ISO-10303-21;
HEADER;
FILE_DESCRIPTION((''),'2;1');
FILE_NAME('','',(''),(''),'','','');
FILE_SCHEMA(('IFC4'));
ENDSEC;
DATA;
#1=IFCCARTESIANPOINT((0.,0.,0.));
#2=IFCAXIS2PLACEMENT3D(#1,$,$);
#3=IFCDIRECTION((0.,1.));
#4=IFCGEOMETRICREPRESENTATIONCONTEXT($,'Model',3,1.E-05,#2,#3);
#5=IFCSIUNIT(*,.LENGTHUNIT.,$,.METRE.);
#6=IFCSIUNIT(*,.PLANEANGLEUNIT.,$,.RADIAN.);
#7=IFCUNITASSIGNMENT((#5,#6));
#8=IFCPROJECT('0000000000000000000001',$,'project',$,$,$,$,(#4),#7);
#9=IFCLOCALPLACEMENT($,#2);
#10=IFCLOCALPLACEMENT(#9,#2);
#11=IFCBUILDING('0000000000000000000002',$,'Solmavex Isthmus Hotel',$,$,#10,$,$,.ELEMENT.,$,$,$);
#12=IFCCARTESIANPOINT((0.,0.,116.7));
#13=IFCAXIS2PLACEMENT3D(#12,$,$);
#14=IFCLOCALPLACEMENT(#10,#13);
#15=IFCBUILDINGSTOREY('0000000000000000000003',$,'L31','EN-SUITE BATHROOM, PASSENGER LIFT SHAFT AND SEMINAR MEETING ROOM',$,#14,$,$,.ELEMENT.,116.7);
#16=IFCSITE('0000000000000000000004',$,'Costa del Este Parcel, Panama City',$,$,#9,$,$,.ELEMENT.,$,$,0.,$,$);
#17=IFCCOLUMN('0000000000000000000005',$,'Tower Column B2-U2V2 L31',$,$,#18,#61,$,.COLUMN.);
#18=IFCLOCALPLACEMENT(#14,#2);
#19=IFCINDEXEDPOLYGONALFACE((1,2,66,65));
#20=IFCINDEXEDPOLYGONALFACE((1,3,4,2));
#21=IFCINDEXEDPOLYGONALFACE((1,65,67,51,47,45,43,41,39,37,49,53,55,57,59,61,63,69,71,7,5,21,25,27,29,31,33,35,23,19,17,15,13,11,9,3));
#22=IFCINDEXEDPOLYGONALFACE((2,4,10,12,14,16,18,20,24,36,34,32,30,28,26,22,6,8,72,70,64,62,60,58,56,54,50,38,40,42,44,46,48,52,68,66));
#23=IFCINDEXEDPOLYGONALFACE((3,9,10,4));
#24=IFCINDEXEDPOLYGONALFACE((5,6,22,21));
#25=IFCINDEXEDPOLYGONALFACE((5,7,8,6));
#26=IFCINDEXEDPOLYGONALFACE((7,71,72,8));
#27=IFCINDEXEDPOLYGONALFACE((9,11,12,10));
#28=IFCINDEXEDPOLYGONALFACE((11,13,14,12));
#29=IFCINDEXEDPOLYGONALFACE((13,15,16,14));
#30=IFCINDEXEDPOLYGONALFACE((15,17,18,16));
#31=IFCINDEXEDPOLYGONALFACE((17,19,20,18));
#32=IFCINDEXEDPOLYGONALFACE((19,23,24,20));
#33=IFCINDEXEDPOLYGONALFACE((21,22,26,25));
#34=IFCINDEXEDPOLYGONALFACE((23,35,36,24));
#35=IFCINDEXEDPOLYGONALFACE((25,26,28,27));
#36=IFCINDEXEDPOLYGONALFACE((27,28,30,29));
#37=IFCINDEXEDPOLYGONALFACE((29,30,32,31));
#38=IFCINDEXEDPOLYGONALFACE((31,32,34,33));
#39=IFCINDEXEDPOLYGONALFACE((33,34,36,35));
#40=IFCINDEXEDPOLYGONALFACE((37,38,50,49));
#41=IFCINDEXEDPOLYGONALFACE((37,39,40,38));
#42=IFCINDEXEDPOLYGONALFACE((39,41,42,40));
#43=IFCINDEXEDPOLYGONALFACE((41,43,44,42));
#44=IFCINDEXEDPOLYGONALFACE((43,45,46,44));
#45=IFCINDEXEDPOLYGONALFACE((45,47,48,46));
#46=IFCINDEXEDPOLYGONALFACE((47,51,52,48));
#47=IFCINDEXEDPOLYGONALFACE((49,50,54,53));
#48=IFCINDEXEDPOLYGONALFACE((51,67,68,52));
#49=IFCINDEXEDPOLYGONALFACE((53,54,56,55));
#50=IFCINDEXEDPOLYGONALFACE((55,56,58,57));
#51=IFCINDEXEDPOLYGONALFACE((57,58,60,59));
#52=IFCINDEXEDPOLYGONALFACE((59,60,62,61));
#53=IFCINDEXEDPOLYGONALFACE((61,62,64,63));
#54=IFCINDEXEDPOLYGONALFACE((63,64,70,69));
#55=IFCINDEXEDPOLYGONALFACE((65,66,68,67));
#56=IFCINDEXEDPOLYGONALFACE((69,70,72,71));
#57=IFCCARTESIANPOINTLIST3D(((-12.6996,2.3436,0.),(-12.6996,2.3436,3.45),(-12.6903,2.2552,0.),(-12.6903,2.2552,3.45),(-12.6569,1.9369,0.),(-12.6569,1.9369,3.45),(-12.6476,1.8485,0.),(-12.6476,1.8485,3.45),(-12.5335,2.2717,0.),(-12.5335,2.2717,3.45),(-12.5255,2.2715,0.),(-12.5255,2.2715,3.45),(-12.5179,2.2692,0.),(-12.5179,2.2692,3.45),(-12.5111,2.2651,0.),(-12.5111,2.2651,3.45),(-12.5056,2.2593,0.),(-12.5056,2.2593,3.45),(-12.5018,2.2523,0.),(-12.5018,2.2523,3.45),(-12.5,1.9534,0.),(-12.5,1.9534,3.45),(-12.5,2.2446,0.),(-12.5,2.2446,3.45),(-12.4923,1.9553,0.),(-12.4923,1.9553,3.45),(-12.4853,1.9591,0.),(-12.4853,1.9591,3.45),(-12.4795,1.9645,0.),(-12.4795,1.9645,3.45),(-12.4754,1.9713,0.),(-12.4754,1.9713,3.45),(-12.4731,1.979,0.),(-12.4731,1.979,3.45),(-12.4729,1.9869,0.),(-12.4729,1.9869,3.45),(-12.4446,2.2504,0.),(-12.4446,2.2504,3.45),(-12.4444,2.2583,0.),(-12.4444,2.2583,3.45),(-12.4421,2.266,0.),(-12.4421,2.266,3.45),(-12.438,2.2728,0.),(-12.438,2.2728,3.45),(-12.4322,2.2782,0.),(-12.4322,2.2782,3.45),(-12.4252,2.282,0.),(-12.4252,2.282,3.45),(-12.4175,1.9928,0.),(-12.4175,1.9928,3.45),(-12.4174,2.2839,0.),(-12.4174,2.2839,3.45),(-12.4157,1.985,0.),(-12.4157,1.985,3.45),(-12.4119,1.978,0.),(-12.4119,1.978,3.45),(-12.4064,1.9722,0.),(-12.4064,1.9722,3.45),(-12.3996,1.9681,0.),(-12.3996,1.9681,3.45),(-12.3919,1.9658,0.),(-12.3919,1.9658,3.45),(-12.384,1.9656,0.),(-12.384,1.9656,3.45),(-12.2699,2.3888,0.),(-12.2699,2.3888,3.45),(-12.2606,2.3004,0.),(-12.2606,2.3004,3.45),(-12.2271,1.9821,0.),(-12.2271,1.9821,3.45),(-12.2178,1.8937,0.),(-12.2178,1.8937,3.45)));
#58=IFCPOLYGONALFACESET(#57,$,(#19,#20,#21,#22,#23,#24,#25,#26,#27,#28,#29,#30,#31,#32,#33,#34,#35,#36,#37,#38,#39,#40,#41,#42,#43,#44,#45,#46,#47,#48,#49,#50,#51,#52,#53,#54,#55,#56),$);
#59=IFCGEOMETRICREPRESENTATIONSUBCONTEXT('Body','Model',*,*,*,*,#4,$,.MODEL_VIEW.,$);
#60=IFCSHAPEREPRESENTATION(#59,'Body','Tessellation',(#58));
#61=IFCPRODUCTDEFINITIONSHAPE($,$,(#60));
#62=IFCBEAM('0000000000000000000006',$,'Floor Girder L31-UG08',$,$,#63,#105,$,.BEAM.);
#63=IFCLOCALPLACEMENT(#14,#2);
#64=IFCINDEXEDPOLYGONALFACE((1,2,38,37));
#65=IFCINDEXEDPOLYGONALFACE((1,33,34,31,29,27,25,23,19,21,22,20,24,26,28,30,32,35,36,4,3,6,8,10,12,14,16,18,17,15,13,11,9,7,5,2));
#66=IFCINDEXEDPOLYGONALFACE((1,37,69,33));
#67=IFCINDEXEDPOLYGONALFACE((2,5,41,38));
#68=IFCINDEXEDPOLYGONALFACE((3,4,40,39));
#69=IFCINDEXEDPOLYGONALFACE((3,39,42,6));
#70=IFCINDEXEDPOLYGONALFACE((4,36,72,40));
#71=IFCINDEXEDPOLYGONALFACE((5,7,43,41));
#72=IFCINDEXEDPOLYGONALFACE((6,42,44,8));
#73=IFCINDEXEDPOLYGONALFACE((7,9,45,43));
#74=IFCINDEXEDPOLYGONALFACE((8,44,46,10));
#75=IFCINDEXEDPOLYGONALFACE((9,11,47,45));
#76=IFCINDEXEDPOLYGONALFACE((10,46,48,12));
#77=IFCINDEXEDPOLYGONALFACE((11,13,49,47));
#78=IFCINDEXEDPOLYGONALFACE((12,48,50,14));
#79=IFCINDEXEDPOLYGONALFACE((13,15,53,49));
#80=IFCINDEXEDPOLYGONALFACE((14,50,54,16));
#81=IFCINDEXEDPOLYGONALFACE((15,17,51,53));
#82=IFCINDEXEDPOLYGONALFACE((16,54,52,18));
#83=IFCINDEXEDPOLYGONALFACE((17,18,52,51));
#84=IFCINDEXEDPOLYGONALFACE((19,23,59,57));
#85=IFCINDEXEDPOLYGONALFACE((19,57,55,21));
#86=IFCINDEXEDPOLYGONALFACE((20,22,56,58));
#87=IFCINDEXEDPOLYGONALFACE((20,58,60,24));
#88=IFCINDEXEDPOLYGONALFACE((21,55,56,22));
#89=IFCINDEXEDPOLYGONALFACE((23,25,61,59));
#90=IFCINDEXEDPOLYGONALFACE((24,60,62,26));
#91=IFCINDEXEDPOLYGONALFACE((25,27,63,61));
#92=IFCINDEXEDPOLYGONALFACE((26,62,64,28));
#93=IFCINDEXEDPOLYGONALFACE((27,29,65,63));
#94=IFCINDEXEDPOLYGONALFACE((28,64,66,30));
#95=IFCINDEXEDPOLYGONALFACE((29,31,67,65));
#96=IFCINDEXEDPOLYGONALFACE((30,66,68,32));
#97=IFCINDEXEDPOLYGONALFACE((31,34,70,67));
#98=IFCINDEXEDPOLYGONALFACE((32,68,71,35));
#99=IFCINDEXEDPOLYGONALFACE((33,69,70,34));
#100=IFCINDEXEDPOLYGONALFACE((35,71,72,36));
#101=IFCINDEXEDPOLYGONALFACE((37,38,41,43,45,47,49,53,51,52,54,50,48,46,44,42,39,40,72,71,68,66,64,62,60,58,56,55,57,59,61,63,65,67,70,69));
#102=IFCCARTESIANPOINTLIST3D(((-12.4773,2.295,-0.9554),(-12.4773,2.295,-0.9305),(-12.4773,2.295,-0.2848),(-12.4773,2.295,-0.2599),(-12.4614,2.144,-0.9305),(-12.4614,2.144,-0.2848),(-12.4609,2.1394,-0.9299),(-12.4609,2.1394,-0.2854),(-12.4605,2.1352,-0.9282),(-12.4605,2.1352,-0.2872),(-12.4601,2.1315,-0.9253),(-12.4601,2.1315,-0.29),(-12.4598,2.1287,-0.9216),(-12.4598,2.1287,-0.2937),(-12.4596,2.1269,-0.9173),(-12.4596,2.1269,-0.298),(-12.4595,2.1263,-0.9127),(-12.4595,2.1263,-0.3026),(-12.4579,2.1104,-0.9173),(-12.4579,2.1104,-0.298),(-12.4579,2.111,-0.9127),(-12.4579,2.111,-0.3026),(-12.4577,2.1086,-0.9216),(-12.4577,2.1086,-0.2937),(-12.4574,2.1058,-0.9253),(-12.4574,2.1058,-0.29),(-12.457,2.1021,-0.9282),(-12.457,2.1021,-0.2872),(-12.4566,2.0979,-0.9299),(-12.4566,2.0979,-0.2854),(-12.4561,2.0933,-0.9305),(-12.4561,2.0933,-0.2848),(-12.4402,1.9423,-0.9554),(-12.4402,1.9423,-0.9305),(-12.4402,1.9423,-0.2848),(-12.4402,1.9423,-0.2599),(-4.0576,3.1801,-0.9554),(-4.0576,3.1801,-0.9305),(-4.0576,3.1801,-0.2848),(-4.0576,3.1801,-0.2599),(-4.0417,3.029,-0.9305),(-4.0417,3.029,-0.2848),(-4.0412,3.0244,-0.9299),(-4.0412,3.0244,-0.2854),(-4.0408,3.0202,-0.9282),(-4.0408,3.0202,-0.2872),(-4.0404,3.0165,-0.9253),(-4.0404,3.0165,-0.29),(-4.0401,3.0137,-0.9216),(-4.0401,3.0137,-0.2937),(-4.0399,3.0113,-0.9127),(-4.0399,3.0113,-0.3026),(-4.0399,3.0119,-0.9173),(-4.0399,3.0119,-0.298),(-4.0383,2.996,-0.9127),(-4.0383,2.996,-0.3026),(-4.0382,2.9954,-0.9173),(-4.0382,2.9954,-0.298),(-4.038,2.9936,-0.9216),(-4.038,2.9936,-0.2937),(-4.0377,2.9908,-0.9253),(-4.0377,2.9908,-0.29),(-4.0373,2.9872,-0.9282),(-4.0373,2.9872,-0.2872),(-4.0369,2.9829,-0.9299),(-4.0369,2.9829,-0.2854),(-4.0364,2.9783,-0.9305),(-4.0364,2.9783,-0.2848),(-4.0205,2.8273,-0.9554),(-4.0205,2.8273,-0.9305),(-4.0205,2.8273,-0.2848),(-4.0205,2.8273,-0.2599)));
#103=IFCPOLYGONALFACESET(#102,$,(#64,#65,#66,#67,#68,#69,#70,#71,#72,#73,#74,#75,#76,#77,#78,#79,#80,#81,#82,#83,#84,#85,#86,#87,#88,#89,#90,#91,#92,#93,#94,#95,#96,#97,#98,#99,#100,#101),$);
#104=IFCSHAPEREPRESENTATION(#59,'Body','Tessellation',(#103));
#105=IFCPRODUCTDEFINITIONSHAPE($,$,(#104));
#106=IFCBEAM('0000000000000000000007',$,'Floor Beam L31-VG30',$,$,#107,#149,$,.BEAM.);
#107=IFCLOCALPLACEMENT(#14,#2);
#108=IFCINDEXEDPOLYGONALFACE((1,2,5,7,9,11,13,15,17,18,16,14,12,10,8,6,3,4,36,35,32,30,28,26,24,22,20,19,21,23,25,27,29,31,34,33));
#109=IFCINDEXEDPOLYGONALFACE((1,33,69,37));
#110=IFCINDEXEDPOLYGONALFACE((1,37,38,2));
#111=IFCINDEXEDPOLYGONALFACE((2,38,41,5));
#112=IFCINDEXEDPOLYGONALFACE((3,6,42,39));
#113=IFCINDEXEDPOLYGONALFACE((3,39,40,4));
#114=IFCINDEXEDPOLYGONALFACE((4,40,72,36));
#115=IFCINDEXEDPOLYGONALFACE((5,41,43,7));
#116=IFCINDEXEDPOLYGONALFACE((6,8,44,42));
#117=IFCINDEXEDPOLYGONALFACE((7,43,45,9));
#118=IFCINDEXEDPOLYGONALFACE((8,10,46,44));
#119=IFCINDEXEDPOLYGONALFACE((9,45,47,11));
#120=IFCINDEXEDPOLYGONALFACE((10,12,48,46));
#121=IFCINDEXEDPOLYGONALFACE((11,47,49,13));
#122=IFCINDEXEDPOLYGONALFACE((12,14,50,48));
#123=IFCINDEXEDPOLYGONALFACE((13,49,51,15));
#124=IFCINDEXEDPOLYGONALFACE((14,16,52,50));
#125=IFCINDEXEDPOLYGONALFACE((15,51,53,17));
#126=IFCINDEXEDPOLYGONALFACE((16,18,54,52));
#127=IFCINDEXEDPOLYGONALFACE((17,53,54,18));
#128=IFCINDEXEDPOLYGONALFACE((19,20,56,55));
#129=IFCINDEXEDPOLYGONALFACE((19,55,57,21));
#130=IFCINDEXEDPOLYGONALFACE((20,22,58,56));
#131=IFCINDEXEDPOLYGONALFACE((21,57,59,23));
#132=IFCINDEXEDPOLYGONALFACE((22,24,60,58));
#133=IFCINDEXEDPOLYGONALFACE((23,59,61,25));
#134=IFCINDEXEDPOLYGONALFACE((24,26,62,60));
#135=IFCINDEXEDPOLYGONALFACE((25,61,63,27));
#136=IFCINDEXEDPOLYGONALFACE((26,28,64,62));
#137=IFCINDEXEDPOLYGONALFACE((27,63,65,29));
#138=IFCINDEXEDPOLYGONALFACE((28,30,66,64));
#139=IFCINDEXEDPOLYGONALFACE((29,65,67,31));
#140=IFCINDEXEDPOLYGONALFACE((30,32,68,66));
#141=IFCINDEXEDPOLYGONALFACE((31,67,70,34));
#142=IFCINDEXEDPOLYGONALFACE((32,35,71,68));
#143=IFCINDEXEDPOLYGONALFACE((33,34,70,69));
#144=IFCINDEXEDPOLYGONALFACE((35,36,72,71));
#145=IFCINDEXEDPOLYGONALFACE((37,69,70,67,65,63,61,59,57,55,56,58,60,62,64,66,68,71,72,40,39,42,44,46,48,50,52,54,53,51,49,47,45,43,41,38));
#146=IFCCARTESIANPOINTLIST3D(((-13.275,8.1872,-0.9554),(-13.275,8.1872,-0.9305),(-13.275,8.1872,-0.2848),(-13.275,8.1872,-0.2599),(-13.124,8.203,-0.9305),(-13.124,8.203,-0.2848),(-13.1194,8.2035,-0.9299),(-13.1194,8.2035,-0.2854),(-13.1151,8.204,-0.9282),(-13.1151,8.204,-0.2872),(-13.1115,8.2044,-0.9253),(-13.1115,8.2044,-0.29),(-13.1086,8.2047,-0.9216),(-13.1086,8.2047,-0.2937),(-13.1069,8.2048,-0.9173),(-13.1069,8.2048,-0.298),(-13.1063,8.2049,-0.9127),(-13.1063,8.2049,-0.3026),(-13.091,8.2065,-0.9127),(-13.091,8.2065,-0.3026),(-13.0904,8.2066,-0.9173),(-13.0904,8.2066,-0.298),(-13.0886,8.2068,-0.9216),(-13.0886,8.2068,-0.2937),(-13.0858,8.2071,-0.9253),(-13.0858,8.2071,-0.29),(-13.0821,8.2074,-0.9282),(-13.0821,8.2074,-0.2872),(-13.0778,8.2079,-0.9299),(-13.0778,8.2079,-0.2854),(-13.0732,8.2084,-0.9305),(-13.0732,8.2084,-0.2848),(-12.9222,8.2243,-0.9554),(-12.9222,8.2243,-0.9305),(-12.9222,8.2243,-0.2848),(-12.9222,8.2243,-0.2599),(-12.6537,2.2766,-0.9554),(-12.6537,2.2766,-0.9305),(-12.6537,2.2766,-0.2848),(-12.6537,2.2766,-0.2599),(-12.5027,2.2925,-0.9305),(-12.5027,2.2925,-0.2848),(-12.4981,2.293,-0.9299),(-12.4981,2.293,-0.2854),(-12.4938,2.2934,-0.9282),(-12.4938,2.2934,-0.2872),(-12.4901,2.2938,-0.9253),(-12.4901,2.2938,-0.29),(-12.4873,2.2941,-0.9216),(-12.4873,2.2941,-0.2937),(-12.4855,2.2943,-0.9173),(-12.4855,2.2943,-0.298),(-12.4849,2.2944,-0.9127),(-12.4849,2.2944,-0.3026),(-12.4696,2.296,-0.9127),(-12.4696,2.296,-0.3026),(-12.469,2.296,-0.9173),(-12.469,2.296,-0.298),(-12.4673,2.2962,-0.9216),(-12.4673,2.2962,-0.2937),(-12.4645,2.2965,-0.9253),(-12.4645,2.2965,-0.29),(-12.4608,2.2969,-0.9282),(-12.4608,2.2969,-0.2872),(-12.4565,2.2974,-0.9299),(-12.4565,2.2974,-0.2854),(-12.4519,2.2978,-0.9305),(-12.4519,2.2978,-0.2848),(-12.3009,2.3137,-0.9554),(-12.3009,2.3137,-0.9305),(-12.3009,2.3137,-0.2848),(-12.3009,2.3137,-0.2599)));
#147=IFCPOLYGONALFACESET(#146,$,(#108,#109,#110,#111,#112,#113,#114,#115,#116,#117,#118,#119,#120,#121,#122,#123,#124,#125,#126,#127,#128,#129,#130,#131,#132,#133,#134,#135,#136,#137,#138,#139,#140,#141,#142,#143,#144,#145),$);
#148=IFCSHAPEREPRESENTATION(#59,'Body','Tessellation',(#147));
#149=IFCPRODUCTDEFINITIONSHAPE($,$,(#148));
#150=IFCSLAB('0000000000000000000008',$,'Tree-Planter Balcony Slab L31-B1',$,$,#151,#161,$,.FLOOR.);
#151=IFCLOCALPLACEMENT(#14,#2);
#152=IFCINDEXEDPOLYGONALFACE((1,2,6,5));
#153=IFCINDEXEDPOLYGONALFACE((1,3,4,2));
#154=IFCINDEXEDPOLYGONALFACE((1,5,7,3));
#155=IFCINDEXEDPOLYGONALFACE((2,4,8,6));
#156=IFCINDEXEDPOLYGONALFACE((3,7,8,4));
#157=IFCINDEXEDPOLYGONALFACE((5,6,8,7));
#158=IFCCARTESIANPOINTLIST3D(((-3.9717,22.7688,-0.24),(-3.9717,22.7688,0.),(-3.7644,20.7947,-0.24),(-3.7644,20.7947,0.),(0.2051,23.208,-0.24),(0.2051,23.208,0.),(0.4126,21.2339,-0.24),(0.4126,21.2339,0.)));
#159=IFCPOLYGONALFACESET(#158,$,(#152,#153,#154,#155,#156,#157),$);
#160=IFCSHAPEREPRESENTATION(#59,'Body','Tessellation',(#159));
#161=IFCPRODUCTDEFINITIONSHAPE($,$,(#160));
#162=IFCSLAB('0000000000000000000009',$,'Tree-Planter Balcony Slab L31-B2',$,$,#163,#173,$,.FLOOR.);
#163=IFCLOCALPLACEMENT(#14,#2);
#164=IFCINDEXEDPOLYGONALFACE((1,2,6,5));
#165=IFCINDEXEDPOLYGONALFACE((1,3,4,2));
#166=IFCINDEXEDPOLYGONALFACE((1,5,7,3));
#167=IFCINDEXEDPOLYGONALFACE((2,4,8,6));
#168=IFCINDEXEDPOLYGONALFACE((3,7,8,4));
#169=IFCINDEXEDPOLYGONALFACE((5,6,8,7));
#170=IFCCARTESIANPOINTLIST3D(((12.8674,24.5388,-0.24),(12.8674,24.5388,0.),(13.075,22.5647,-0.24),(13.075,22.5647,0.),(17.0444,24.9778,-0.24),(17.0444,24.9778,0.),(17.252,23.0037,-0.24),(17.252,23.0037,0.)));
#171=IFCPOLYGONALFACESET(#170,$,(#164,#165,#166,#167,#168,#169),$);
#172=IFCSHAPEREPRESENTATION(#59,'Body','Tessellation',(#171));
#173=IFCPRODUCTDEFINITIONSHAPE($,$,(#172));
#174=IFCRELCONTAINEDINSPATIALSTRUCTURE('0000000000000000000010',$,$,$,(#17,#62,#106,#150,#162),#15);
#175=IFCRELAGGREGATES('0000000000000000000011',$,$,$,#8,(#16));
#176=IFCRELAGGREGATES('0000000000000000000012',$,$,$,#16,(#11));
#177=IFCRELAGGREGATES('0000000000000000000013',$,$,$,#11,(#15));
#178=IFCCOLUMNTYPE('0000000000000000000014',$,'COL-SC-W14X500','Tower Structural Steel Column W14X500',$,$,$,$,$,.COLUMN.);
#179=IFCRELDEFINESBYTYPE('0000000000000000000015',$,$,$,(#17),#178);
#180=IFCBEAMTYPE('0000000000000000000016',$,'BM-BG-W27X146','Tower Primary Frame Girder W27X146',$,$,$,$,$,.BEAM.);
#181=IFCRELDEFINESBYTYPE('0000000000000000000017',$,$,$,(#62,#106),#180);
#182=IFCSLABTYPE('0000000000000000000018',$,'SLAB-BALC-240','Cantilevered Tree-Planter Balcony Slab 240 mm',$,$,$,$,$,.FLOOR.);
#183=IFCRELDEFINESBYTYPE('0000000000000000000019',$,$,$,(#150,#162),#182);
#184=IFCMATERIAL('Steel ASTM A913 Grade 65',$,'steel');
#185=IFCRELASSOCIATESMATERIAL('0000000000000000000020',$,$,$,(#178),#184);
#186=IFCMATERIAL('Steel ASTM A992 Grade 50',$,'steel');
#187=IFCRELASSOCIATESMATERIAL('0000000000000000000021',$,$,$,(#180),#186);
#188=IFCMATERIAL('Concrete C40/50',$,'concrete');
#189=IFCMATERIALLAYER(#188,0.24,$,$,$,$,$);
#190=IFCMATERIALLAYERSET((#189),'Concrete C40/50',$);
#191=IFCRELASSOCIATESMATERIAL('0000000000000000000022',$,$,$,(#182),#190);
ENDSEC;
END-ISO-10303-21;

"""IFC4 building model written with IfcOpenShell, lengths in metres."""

from ifc_helpers import new_model, si_unit, direction, frame, origin, origin_2d, place, context, subcontext, project, spatial, polyline, i_section, outline, extrude, material, layer, layer_set, material_profile, profile_set, type_object, element, save


model = new_model("IFC4")

# Units and contexts
model_context = context("Model", 3, precision=1e-05, world=origin(), true_north=direction((0.0, 1.0)))
body_context = subcontext(model_context, "Body", "Model", "MODEL_VIEW")
ifc_project = project(units=[si_unit("LENGTHUNIT", "METRE"), si_unit("PLANEANGLEUNIT", "RADIAN")], contexts=[model_context])

# Site, building, storey
site_placement = place(None, origin())
site = spatial("IfcSite", under=ifc_project, at=site_placement, Name="Costa del Este Parcel, Panama City", CompositionType="ELEMENT", RefElevation=0.0)
building_placement = place(site_placement, origin())
building = spatial("IfcBuilding", under=site, at=building_placement, Name="Solmavex Isthmus Hotel", CompositionType="ELEMENT")
storey_placement = place(building_placement, frame((0.0, 0.0, 116.7)))
storey = spatial("IfcBuildingStorey", under=building, at=storey_placement, Name="L31", Description="EN-SUITE BATHROOM, PASSENGER LIFT SHAFT AND SEMINAR MEETING ROOM", CompositionType="ELEMENT", Elevation=116.7)

# Column
ifc_material_1 = material(Name="Steel ASTM A913 Grade 65", Category="steel")
ifc_material_profile_1 = material_profile(ifc_material_1, i_section(OverallWidth=0.4321, OverallDepth=0.4978, WebThickness=0.0557, FlangeThickness=0.0889, FilletRadius=0.0305, at=origin_2d()), Name="W14X500")
ifc_profile_set_1 = profile_set([ifc_material_profile_1], Name="Steel ASTM A913 Grade 65")
column_type = type_object("IfcColumnType", Name="COL-SC-W14X500", Description="Tower Structural Steel Column W14X500", PredefinedType="COLUMN", material=ifc_profile_set_1)
column_placement = place(storey_placement, frame((-12.4587, 2.1187, 0.0), z_axis=(0.0, 0.0, 1.0), x_axis=(0.994522, 0.104528, 0.0)))
element("IfcColumn", 1, at=column_placement, inside=storey, type_object=column_type, Name="Tower Column B2-U2V2 L31", PredefinedType="COLUMN", context=body_context, shape_type="SweptSolid", body=[
    extrude(i_section(OverallWidth=0.4321, OverallDepth=0.4978, WebThickness=0.0557, FlangeThickness=0.0889, FilletRadius=0.0305, at=origin_2d()), origin(), (0.0, 0.0, 1.0), 3.45),
])

# Beams
ifc_material_2 = material(Name="Steel ASTM A992 Grade 50", Category="steel")
ifc_material_profile_2 = material_profile(ifc_material_2, i_section(OverallWidth=0.3547, OverallDepth=0.6956, WebThickness=0.0154, FlangeThickness=0.0249, FilletRadius=0.0178, at=origin_2d()), Name="W27X146")
ifc_profile_set_2 = profile_set([ifc_material_profile_2], Name="Steel ASTM A992 Grade 50")
beam_type = type_object("IfcBeamType", Name="BM-BG-W27X146", Description="Tower Primary Frame Girder W27X146", PredefinedType="BEAM", material=ifc_profile_set_2)
beam_1_placement = place(storey_placement, frame((-12.4587, 2.1187, -0.6077), z_axis=(0.994521, 0.104536, 0.0), x_axis=(-0.104536, 0.994521, 0.0)))
element("IfcBeam", 2, at=beam_1_placement, inside=storey, type_object=beam_type, Name="Floor Girder L31-UG08", PredefinedType="BEAM", context=body_context, shape_type="SweptSolid", body=[
    extrude(i_section(OverallWidth=0.3547, OverallDepth=0.6956, WebThickness=0.0154, FlangeThickness=0.0249, FilletRadius=0.0178, at=origin_2d()), origin(), (0.0, 0.0, 1.0), 8.4661),
])
beam_2_placement = place(storey_placement, frame((-12.4773, 2.2952, -0.6077), z_axis=(-0.104546, 0.99452, 0.0), x_axis=(-0.99452, -0.104546, 0.0)))
element("IfcBeam", 3, at=beam_2_placement, inside=storey, type_object=beam_type, Name="Floor Beam L31-VG30", PredefinedType="BEAM", context=body_context, shape_type="SweptSolid", body=[
    extrude(i_section(OverallWidth=0.3547, OverallDepth=0.6956, WebThickness=0.0154, FlangeThickness=0.0249, FilletRadius=0.0178, at=origin_2d()), origin(), (0.0, 0.0, 1.0), 5.9431),
])

# Slabs
ifc_material_3 = material(Name="Concrete C40/50", Category="concrete")
ifc_layer_1 = layer(ifc_material_3, 0.24)
ifc_layer_set_1 = layer_set([ifc_layer_1], Name="Concrete C40/50")
slab_type_1 = type_object("IfcSlabType", Name="SLAB-BALC-240", Description="Cantilevered Tree-Planter Balcony Slab 240 mm", PredefinedType="FLOOR", material=ifc_layer_set_1)
slab_1_placement = place(storey_placement, frame((0.0, 0.0, -0.24)))
element("IfcSlab", 4, at=slab_1_placement, inside=storey, type_object=slab_type_1, Name="Tree-Planter Balcony Slab L31-B1", PredefinedType="FLOOR", context=body_context, shape_type="SweptSolid", body=[
    extrude(outline(polyline([(-3.7644, 20.7947), (0.4126, 21.2339), (0.2051, 23.208), (-3.9717, 22.7688), (-3.7644, 20.7947)])), origin(), (0.0, 0.0, 1.0), 0.24),
])
slab_2_placement = place(storey_placement, frame((0.0, 0.0, -0.24)))
element("IfcSlab", 5, at=slab_2_placement, inside=storey, type_object=slab_type_1, Name="Tree-Planter Balcony Slab L31-B2", PredefinedType="FLOOR", context=body_context, shape_type="SweptSolid", body=[
    extrude(outline(polyline([(13.075, 22.5647), (17.252, 23.0037), (17.0444, 24.9778), (12.8674, 24.5388), (13.075, 22.5647)])), origin(), (0.0, 0.0, 1.0), 0.24),
])

save(model, "model.ifc")
